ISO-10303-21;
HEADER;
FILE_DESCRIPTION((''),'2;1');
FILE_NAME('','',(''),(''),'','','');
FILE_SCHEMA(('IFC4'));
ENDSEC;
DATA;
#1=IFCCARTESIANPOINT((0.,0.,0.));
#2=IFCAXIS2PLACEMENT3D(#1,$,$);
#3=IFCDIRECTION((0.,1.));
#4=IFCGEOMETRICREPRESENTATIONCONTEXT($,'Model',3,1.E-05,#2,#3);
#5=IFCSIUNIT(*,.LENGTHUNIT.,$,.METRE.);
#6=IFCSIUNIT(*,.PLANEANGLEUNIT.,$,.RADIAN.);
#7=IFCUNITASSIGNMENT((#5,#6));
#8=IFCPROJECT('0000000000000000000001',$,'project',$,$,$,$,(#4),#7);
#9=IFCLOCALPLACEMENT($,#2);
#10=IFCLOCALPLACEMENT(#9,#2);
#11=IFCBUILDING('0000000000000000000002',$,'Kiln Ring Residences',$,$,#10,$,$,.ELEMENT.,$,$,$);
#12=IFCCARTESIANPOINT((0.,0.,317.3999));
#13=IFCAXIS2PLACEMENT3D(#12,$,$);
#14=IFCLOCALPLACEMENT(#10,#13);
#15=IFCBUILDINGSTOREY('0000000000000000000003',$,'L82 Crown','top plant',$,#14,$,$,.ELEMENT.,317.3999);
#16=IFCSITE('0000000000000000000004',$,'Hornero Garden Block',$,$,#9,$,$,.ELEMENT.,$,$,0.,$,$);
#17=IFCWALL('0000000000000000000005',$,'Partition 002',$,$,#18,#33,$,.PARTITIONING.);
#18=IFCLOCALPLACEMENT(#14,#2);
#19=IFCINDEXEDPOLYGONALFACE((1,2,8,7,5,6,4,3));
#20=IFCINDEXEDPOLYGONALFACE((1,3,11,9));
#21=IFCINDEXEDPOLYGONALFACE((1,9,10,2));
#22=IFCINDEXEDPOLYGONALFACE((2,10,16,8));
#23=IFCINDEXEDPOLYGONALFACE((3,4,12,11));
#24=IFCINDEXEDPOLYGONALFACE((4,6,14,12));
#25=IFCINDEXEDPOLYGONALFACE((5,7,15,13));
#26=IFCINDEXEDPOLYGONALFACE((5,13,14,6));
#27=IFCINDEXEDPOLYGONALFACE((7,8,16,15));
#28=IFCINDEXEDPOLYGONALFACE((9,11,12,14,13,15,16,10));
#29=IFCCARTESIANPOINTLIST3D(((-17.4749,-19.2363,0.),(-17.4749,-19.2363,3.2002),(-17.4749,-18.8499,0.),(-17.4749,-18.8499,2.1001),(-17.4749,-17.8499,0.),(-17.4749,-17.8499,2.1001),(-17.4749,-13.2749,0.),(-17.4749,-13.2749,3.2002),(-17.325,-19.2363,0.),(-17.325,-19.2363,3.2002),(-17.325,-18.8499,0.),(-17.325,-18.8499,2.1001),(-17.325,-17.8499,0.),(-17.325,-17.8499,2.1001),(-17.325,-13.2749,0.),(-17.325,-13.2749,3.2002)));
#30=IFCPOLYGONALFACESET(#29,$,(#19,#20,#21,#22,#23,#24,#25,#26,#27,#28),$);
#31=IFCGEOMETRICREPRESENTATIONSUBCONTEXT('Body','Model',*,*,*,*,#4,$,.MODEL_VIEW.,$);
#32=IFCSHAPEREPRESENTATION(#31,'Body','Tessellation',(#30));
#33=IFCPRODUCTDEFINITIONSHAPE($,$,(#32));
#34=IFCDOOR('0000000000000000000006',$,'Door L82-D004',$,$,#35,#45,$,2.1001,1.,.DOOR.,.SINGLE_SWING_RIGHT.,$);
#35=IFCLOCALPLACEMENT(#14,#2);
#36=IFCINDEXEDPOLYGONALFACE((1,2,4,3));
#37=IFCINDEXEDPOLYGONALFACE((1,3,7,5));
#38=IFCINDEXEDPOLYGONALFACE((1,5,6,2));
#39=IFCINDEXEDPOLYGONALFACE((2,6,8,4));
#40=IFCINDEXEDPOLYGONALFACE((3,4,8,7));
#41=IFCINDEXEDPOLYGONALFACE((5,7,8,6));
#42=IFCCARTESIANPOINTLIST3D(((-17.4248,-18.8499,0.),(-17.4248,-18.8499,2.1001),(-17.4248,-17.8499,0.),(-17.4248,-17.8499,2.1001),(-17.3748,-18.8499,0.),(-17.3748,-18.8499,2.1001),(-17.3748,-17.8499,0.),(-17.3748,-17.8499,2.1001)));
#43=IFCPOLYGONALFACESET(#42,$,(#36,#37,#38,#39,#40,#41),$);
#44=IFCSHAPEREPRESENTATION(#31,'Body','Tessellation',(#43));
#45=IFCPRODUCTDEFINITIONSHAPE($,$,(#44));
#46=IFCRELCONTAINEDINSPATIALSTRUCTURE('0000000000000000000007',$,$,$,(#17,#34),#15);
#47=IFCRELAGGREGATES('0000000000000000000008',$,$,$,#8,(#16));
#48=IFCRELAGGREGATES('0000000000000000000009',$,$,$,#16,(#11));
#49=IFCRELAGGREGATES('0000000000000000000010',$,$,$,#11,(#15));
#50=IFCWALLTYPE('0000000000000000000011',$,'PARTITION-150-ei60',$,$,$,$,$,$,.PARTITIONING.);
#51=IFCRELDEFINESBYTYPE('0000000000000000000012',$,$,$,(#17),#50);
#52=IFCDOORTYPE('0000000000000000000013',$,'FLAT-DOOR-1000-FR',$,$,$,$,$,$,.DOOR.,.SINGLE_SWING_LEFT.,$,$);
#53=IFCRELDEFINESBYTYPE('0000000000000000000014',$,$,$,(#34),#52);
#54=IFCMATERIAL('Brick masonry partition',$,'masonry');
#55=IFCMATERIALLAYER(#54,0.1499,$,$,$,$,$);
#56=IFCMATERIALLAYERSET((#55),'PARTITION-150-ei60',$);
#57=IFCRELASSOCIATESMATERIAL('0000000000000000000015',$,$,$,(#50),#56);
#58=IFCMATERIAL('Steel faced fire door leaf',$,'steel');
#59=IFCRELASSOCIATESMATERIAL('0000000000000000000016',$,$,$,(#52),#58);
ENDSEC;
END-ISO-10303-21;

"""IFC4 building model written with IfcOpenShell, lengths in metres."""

from ifc_helpers import new_model, si_unit, direction, frame, frame_2d, origin, place, context, subcontext, project, spatial, rectangle, extrude, material, layer, layer_set, type_object, element, fill, save


model = new_model("IFC4")

# Units and contexts
model_context = context("Model", 3, precision=1e-05, world=origin(), true_north=direction((0.0, 1.0)))
body_context = subcontext(model_context, "Body", "Model", "MODEL_VIEW")
ifc_project = project(units=[si_unit("LENGTHUNIT", "METRE"), si_unit("PLANEANGLEUNIT", "RADIAN")], contexts=[model_context])

# Site, building, storey
site_placement = place(None, origin())
site = spatial("IfcSite", under=ifc_project, at=site_placement, Name="Hornero Garden Block", CompositionType="ELEMENT", RefElevation=0.0)
building_placement = place(site_placement, origin())
building = spatial("IfcBuilding", under=site, at=building_placement, Name="Kiln Ring Residences", CompositionType="ELEMENT")
storey_placement = place(building_placement, frame((0.0, 0.0, 317.3999)))
storey = spatial("IfcBuildingStorey", under=building, at=storey_placement, Name="L82 Crown", Description="top plant", CompositionType="ELEMENT", Elevation=317.3999)

# Wall, opening, door
ifc_material_1 = material(Name="Brick masonry partition", Category="masonry")
ifc_layer_1 = layer(ifc_material_1, 0.1499)
ifc_layer_set_1 = layer_set([ifc_layer_1], Name="PARTITION-150-ei60")
wall_type_1 = type_object("IfcWallType", Name="PARTITION-150-ei60", PredefinedType="PARTITIONING", material=ifc_layer_set_1)
wall_1_placement = place(storey_placement, frame((-17.3999, -19.2363, 0.0), z_axis=(0.0, 0.0, 1.0), x_axis=(0.0, 1.0, 0.0)))
wall_1 = element("IfcWall", 1, at=wall_1_placement, inside=storey, type_object=wall_type_1, Name="Partition 002", PredefinedType="PARTITIONING", context=body_context, shape_type="SweptSolid", body=[
    extrude(rectangle(XDim=5.9614, YDim=0.1499, at=frame_2d((2.9807, 0.0))), origin(), (0.0, 0.0, 1.0), 3.2002),
])
opening_1_placement = place(wall_1_placement, frame((0.3865, 0.0, 0.0)))
opening_1 = element("IfcOpeningElement", 2, at=opening_1_placement, cuts=wall_1, PredefinedType="OPENING", context=body_context, shape_type="SweptSolid", body=[
    extrude(rectangle(XDim=1.0, YDim=2.1001, at=frame_2d((0.5, 1.05))), frame((0.0, 0.085, 0.0), z_axis=(0.0, -1.0, 0.0), x_axis=(1.0, 0.0, 0.0)), (0.0, 0.0, 1.0), 0.1699),
])
ifc_material_2 = material(Name="Steel faced fire door leaf", Category="steel")
door_type = type_object("IfcDoorType", Name="FLAT-DOOR-1000-FR", OperationType="SINGLE_SWING_LEFT", PredefinedType="DOOR", material=ifc_material_2)
door_placement = place(opening_1_placement, origin())
door = element("IfcDoor", 3, at=door_placement, inside=storey, type_object=door_type, Name="Door L82-D004", OperationType="SINGLE_SWING_RIGHT", OverallHeight=2.1001, OverallWidth=1.0, PredefinedType="DOOR", context=body_context, shape_type="SweptSolid", body=[
    extrude(rectangle(XDim=1.0, YDim=2.1001, at=frame_2d((0.5, 1.05))), frame((0.0, 0.0249, 0.0), z_axis=(0.0, -1.0, 0.0), x_axis=(1.0, 0.0, 0.0)), (0.0, 0.0, 1.0), 0.05),
])
fill(opening_1, door)

save(model, "model.ifc")
